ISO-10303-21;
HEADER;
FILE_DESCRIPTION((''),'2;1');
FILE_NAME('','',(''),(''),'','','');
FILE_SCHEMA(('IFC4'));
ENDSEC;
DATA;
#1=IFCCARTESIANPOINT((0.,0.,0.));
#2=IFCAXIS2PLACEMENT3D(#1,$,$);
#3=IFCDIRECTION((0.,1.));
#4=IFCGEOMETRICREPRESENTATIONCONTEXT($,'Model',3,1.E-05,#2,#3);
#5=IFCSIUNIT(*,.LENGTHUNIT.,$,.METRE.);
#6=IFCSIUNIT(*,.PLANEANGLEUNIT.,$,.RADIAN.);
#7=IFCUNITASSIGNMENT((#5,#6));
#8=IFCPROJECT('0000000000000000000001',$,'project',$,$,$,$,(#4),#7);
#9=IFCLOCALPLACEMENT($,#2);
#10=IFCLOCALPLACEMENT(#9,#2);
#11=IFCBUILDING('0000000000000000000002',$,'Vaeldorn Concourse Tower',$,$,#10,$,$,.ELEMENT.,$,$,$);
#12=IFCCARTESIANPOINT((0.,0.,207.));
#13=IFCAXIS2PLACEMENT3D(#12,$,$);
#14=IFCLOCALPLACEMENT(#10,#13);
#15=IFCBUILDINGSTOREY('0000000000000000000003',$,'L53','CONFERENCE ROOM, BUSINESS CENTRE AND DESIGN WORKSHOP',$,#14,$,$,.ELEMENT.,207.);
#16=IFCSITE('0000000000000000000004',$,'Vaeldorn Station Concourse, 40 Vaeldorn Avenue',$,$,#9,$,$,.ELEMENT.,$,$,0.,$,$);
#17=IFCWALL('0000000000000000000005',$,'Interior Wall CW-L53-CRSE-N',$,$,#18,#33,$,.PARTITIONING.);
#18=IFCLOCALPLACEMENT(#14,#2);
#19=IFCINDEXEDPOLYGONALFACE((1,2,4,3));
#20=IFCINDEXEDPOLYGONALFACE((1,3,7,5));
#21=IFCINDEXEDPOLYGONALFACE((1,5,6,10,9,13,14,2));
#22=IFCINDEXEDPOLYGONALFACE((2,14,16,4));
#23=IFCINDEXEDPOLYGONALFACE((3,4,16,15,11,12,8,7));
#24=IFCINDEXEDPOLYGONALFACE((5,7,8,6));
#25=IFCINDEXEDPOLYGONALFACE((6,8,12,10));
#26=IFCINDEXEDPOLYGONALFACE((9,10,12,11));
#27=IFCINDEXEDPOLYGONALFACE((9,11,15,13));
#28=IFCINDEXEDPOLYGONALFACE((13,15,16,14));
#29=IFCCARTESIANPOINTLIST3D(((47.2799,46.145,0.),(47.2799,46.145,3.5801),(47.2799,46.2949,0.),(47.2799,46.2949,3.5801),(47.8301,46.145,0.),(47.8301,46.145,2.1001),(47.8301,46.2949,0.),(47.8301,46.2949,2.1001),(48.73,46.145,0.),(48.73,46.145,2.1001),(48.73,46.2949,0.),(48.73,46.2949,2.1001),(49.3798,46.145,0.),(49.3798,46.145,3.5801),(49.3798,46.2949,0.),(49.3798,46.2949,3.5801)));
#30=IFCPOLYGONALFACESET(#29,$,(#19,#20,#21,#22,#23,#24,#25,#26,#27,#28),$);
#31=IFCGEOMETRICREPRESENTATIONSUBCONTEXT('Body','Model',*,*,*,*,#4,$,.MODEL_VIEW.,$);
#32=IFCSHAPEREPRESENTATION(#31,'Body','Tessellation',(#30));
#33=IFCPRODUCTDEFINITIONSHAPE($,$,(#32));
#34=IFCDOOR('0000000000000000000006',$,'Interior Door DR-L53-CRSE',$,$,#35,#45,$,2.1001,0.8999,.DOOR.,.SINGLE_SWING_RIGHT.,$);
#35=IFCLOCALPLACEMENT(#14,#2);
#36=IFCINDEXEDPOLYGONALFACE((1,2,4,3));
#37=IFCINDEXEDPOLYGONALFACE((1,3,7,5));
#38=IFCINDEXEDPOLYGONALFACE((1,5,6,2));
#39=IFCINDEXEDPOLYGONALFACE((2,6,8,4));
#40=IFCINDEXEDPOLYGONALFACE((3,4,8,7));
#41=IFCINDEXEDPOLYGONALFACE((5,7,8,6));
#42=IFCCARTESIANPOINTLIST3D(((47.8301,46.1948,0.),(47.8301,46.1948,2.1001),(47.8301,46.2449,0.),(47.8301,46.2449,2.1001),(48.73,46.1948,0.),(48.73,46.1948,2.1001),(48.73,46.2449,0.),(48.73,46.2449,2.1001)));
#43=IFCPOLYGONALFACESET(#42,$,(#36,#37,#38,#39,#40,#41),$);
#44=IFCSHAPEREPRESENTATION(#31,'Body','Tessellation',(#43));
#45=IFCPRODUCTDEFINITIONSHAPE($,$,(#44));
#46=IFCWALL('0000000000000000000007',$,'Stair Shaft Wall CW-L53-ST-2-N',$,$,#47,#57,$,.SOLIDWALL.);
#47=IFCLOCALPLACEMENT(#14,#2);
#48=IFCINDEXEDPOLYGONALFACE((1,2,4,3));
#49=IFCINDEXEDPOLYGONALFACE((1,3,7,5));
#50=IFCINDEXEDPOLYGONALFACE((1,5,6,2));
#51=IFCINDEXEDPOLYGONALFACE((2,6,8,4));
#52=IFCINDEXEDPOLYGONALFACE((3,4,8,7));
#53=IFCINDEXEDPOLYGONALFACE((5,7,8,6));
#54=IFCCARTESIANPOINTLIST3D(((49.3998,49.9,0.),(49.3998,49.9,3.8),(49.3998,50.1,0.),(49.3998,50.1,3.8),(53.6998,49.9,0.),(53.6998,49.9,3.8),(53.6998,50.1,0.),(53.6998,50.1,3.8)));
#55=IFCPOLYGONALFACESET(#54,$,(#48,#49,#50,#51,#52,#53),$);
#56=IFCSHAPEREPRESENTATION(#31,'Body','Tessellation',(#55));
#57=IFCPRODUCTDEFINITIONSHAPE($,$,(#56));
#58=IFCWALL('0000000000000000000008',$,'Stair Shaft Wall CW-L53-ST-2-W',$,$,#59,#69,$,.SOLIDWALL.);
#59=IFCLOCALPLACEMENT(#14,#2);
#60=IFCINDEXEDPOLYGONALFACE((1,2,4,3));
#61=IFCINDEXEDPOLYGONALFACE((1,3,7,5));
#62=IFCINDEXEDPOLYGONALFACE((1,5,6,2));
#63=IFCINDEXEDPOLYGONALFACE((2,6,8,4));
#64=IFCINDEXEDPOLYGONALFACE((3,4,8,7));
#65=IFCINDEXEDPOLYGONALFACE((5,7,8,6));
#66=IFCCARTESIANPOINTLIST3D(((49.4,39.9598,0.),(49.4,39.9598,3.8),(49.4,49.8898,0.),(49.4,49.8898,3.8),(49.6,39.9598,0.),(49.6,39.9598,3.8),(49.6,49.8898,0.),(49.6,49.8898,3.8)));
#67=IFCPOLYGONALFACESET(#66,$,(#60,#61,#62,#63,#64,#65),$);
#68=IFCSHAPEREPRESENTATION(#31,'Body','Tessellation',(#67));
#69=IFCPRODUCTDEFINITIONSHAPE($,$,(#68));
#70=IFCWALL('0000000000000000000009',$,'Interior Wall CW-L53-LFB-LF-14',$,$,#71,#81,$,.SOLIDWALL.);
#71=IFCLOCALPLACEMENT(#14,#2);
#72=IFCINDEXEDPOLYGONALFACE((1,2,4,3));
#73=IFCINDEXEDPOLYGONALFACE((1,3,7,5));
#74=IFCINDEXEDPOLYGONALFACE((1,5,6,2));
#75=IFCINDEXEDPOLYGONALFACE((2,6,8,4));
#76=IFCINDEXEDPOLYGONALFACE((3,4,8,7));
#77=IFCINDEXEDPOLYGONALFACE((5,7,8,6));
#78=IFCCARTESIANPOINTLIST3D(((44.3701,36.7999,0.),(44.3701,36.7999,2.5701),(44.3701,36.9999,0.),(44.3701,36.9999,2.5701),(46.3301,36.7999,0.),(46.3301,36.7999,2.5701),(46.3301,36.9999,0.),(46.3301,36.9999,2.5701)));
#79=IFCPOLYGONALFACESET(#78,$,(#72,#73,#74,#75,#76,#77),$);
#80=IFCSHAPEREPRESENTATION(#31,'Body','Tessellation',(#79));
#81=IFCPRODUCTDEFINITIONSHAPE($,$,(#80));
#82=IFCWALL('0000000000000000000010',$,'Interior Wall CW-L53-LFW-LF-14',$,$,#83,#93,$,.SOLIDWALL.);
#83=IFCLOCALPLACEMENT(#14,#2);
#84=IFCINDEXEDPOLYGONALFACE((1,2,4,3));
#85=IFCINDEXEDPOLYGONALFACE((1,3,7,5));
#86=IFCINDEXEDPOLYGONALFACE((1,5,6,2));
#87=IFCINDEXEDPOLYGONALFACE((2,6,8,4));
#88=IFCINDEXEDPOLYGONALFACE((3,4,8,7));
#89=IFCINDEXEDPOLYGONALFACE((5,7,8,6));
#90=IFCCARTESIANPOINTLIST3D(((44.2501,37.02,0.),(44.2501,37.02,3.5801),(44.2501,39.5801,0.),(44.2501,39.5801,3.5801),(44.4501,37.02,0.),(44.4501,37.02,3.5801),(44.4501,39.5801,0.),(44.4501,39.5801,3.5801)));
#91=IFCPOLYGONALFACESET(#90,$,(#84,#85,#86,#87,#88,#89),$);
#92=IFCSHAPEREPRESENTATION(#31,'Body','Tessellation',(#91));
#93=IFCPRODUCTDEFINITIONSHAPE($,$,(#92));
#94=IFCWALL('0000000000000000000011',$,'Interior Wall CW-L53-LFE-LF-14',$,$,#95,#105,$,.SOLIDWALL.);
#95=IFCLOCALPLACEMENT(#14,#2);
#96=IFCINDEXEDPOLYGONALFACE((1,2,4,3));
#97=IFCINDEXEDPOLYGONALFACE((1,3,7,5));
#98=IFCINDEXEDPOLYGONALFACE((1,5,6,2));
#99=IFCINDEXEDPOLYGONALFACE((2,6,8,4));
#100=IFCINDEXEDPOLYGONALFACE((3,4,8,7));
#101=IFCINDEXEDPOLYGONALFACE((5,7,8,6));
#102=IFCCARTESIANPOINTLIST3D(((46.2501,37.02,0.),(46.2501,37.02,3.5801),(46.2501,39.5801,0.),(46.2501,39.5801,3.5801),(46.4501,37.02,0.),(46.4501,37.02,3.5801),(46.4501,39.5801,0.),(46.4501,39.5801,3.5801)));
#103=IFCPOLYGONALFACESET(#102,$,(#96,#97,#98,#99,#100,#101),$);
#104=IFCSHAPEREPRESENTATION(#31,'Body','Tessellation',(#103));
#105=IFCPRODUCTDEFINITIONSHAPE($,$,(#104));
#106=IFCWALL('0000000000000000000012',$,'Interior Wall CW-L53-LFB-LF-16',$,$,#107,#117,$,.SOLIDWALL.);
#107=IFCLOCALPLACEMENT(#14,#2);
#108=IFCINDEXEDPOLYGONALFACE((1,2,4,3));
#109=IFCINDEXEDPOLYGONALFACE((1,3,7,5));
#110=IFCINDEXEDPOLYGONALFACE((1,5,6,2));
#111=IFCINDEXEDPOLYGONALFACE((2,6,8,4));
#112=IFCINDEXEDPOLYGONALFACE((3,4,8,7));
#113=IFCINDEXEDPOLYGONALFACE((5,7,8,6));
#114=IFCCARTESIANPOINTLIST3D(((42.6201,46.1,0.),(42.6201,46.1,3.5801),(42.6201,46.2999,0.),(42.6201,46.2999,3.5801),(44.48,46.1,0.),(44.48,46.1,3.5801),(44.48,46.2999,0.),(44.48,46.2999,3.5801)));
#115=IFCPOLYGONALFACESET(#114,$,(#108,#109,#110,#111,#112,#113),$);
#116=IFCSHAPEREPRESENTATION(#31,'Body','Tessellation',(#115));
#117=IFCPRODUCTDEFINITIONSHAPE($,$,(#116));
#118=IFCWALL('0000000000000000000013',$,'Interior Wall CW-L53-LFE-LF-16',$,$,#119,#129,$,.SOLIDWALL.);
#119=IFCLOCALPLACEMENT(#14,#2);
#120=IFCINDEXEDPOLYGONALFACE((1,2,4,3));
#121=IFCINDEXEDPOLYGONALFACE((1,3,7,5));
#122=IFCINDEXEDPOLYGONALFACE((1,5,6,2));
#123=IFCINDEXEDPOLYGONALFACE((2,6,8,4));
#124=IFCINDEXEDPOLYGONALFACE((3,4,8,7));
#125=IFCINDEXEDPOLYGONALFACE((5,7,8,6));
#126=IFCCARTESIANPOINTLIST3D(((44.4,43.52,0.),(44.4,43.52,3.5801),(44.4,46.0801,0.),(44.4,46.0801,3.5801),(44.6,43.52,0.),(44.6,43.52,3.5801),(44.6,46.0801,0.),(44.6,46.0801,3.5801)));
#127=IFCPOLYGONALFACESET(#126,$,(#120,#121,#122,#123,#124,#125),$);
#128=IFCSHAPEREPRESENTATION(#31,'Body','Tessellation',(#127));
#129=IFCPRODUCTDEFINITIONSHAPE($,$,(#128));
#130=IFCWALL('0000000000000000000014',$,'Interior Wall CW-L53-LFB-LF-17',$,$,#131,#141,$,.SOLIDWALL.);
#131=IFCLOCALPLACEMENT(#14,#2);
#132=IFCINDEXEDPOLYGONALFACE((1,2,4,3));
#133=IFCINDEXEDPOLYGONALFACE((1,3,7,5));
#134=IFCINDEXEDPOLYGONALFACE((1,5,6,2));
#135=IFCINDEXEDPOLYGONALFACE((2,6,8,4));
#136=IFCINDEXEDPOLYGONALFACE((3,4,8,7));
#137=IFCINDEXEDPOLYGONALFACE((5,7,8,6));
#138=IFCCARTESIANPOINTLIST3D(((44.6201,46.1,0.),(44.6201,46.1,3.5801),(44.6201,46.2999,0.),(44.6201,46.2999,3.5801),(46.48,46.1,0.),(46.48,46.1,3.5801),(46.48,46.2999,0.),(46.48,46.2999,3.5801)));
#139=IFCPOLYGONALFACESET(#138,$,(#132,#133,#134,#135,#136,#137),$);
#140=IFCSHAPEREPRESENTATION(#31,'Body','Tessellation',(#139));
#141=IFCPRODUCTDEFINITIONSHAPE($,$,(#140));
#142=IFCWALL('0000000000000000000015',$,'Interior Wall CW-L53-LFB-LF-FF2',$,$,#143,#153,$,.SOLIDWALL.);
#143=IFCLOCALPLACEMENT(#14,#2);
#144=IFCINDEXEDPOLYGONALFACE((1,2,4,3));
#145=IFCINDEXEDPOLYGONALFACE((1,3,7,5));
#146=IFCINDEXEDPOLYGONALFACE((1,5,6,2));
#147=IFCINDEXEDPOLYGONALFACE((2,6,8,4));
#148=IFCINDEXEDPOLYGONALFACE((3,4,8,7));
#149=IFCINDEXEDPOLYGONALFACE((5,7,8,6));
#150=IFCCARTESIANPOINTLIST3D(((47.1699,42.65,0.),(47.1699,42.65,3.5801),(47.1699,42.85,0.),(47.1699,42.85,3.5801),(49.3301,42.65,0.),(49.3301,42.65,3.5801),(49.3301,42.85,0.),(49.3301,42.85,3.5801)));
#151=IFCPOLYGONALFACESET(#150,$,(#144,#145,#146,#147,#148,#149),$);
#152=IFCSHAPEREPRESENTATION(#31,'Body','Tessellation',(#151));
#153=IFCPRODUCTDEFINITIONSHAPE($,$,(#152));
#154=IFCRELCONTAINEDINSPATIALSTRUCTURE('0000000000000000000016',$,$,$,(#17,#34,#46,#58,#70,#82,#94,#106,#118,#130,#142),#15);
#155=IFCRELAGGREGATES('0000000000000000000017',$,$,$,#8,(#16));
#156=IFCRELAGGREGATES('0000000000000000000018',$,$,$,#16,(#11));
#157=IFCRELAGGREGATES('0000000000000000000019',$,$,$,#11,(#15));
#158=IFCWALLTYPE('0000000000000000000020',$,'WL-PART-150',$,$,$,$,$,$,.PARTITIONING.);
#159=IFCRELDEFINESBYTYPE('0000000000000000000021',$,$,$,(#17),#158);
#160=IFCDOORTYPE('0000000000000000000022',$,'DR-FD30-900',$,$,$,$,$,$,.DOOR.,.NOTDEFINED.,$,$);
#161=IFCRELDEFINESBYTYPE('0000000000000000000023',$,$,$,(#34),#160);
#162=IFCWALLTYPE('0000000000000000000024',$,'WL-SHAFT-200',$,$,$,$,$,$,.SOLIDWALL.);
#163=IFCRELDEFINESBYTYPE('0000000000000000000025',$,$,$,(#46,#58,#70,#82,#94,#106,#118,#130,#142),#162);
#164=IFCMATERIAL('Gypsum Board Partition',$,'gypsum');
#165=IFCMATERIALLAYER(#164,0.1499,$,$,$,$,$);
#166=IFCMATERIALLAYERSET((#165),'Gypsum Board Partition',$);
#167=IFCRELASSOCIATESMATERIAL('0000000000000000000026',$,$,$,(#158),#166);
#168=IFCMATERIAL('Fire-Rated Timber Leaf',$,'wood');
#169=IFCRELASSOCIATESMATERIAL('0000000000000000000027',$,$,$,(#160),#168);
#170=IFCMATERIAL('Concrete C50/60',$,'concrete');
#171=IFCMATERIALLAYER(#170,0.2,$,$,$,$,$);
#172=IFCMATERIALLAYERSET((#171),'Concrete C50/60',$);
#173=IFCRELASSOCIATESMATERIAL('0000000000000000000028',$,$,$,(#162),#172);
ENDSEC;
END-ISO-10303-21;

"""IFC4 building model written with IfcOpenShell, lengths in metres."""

from ifc_helpers import new_model, si_unit, direction, frame, frame_2d, origin, place, context, subcontext, project, spatial, rectangle, extrude, source, transform, mapped, material, layer, layer_set, type_object, element, fill, save


model = new_model("IFC4")

# Units and contexts
model_context = context("Model", 3, precision=1e-05, world=origin(), true_north=direction((0.0, 1.0)))
body_context = subcontext(model_context, "Body", "Model", "MODEL_VIEW")
ifc_project = project(units=[si_unit("LENGTHUNIT", "METRE"), si_unit("PLANEANGLEUNIT", "RADIAN")], contexts=[model_context])

# Site, building, storey
site_placement = place(None, origin())
site = spatial("IfcSite", under=ifc_project, at=site_placement, Name="Vaeldorn Station Concourse, 40 Vaeldorn Avenue", CompositionType="ELEMENT", RefElevation=0.0)
building_placement = place(site_placement, origin())
building = spatial("IfcBuilding", under=site, at=building_placement, Name="Vaeldorn Concourse Tower", CompositionType="ELEMENT")
storey_placement = place(building_placement, frame((0.0, 0.0, 207.0)))
storey = spatial("IfcBuildingStorey", under=building, at=storey_placement, Name="L53", Description="CONFERENCE ROOM, BUSINESS CENTRE AND DESIGN WORKSHOP", CompositionType="ELEMENT", Elevation=207.0)

# Shared definitions
ifc_material_1 = material(Name="Concrete C50/60", Category="concrete")

# Wall, opening, door
ifc_material_2 = material(Name="Gypsum Board Partition", Category="gypsum")
ifc_layer_1 = layer(ifc_material_2, 0.1499)
ifc_layer_set_1 = layer_set([ifc_layer_1], Name="Gypsum Board Partition")
wall_type_1 = type_object("IfcWallType", Name="WL-PART-150", PredefinedType="PARTITIONING", material=ifc_layer_set_1)
wall_1_placement = place(storey_placement, frame((47.28, 46.22, 0.0), z_axis=(0.0, 0.0, 1.0), x_axis=(1.0, 0.0, 0.0)))
wall_1 = element("IfcWall", 1, at=wall_1_placement, inside=storey, type_object=wall_type_1, Name="Interior Wall CW-L53-CRSE-N", PredefinedType="PARTITIONING", context=body_context, shape_type="SweptSolid", body=[
    extrude(rectangle(XDim=2.0999, YDim=0.1499, at=frame_2d((1.0498, 0.0))), origin(), (0.0, 0.0, 1.0), 3.5801),
])
opening_1_placement = place(wall_1_placement, frame((0.55, 0.0, 0.0)))
opening_1 = element("IfcOpeningElement", 2, at=opening_1_placement, cuts=wall_1, PredefinedType="OPENING", context=body_context, shape_type="SweptSolid", body=[
    extrude(rectangle(XDim=0.8999, YDim=2.1001, at=frame_2d((0.45, 1.05))), frame((0.0, 0.085, 0.0), z_axis=(0.0, -1.0, 0.0), x_axis=(1.0, 0.0, 0.0)), (0.0, 0.0, 1.0), 0.1699),
])
ifc_material_3 = material(Name="Fire-Rated Timber Leaf", Category="wood")
door_type_1 = type_object("IfcDoorType", Name="DR-FD30-900", OperationType="NOTDEFINED", PredefinedType="DOOR", material=ifc_material_3)
shared_shape_1 = source(origin(), body_context, "Body", "SweptSolid", [
    extrude(rectangle(XDim=0.8999, YDim=2.1001, at=frame_2d((0.45, 1.05))), frame((0.0, 0.0249, 0.0), z_axis=(0.0, -1.0, 0.0), x_axis=(1.0, 0.0, 0.0)), (0.0, 0.0, 1.0), 0.05),
])
door_1_placement = place(opening_1_placement, origin())
door_1 = element("IfcDoor", 3, at=door_1_placement, inside=storey, type_object=door_type_1, Name="Interior Door DR-L53-CRSE", OperationType="SINGLE_SWING_RIGHT", OverallHeight=2.1001, OverallWidth=0.8999, PredefinedType="DOOR", context=body_context, shape_type="MappedRepresentation", body=[
    mapped(shared_shape_1, transform((0.0, 0.0, 0.0), scale=1.0)),
])
fill(opening_1, door_1)
ifc_layer_2 = layer(ifc_material_1, 0.2)
ifc_layer_set_2 = layer_set([ifc_layer_2], Name="Concrete C50/60")
wall_type_2 = type_object("IfcWallType", Name="WL-SHAFT-200", PredefinedType="SOLIDWALL", material=ifc_layer_set_2)

# Walls
wall_2_placement = place(storey_placement, frame((49.3999, 50.0, 0.0), z_axis=(0.0, 0.0, 1.0), x_axis=(1.0, 0.0, 0.0)))
element("IfcWall", 4, at=wall_2_placement, inside=storey, type_object=wall_type_2, Name="Stair Shaft Wall CW-L53-ST-2-N", PredefinedType="SOLIDWALL", context=body_context, shape_type="SweptSolid", body=[
    extrude(rectangle(XDim=4.3, YDim=0.2, at=frame_2d((2.1499, 0.0))), origin(), (0.0, 0.0, 1.0), 3.8),
])
wall_3_placement = place(storey_placement, frame((49.5, 39.96, 0.0), z_axis=(0.0, 0.0, 1.0), x_axis=(0.0, 1.0, 0.0)))
element("IfcWall", 5, at=wall_3_placement, inside=storey, type_object=wall_type_2, Name="Stair Shaft Wall CW-L53-ST-2-W", PredefinedType="SOLIDWALL", context=body_context, shape_type="SweptSolid", body=[
    extrude(rectangle(XDim=9.9299, YDim=0.2, at=frame_2d((4.9648, 0.0))), origin(), (0.0, 0.0, 1.0), 3.8),
])

# Walls
wall_4_placement = place(storey_placement, frame((44.3701, 36.8999, 0.0), z_axis=(0.0, 0.0, 1.0), x_axis=(1.0, 0.0, 0.0)))
element("IfcWall", 6, at=wall_4_placement, inside=storey, type_object=wall_type_2, Name="Interior Wall CW-L53-LFB-LF-14", PredefinedType="SOLIDWALL", context=body_context, shape_type="SweptSolid", body=[
    extrude(rectangle(XDim=1.96, YDim=0.2, at=frame_2d((0.98, 0.0))), origin(), (0.0, 0.0, 1.0), 2.5701),
])
for number, where, z_axis, x_axis, name in (
    (7, (44.3501, 37.02, 0.0), (0.0, 0.0, 1.0), (0.0, 1.0, 0.0), "Interior Wall CW-L53-LFW-LF-14"),
    (8, (46.3501, 37.02, 0.0), (0.0, 0.0, 1.0), (0.0, 1.0, 0.0), "Interior Wall CW-L53-LFE-LF-14"),
):
    element("IfcWall", number, at=place(storey_placement, frame(where, z_axis=z_axis, x_axis=x_axis)), inside=storey, type_object=wall_type_2, Name=name, PredefinedType="SOLIDWALL", context=body_context, shape_type="SweptSolid", body=[
        extrude(rectangle(XDim=2.5601, YDim=0.2, at=frame_2d((1.28, 0.0))), origin(), (0.0, 0.0, 1.0), 3.5801),
    ])
wall_5_placement = place(storey_placement, frame((42.6201, 46.2, 0.0), z_axis=(0.0, 0.0, 1.0), x_axis=(1.0, 0.0, 0.0)))
element("IfcWall", 9, at=wall_5_placement, inside=storey, type_object=wall_type_2, Name="Interior Wall CW-L53-LFB-LF-16", PredefinedType="SOLIDWALL", context=body_context, shape_type="SweptSolid", body=[
    extrude(rectangle(XDim=1.8599, YDim=0.2, at=frame_2d((0.9299, 0.0))), origin(), (0.0, 0.0, 1.0), 3.5801),
])
wall_6_placement = place(storey_placement, frame((44.5, 43.52, 0.0), z_axis=(0.0, 0.0, 1.0), x_axis=(0.0, 1.0, 0.0)))
element("IfcWall", 10, at=wall_6_placement, inside=storey, type_object=wall_type_2, Name="Interior Wall CW-L53-LFE-LF-16", PredefinedType="SOLIDWALL", context=body_context, shape_type="SweptSolid", body=[
    extrude(rectangle(XDim=2.5601, YDim=0.2, at=frame_2d((1.28, 0.0))), origin(), (0.0, 0.0, 1.0), 3.5801),
])

# Wall
wall_7_placement = place(storey_placement, frame((44.6201, 46.2, 0.0), z_axis=(0.0, 0.0, 1.0), x_axis=(1.0, 0.0, 0.0)))
element("IfcWall", 11, at=wall_7_placement, inside=storey, type_object=wall_type_2, Name="Interior Wall CW-L53-LFB-LF-17", PredefinedType="SOLIDWALL", context=body_context, shape_type="SweptSolid", body=[
    extrude(rectangle(XDim=1.8599, YDim=0.2, at=frame_2d((0.9299, 0.0))), origin(), (0.0, 0.0, 1.0), 3.5801),
])

# Wall
wall_8_placement = place(storey_placement, frame((47.1699, 42.75, 0.0), z_axis=(0.0, 0.0, 1.0), x_axis=(1.0, 0.0, 0.0)))
element("IfcWall", 12, at=wall_8_placement, inside=storey, type_object=wall_type_2, Name="Interior Wall CW-L53-LFB-LF-FF2", PredefinedType="SOLIDWALL", context=body_context, shape_type="SweptSolid", body=[
    extrude(rectangle(XDim=2.1602, YDim=0.2, at=frame_2d((1.0801, 0.0))), origin(), (0.0, 0.0, 1.0), 3.5801),
])

save(model, "model.ifc")
